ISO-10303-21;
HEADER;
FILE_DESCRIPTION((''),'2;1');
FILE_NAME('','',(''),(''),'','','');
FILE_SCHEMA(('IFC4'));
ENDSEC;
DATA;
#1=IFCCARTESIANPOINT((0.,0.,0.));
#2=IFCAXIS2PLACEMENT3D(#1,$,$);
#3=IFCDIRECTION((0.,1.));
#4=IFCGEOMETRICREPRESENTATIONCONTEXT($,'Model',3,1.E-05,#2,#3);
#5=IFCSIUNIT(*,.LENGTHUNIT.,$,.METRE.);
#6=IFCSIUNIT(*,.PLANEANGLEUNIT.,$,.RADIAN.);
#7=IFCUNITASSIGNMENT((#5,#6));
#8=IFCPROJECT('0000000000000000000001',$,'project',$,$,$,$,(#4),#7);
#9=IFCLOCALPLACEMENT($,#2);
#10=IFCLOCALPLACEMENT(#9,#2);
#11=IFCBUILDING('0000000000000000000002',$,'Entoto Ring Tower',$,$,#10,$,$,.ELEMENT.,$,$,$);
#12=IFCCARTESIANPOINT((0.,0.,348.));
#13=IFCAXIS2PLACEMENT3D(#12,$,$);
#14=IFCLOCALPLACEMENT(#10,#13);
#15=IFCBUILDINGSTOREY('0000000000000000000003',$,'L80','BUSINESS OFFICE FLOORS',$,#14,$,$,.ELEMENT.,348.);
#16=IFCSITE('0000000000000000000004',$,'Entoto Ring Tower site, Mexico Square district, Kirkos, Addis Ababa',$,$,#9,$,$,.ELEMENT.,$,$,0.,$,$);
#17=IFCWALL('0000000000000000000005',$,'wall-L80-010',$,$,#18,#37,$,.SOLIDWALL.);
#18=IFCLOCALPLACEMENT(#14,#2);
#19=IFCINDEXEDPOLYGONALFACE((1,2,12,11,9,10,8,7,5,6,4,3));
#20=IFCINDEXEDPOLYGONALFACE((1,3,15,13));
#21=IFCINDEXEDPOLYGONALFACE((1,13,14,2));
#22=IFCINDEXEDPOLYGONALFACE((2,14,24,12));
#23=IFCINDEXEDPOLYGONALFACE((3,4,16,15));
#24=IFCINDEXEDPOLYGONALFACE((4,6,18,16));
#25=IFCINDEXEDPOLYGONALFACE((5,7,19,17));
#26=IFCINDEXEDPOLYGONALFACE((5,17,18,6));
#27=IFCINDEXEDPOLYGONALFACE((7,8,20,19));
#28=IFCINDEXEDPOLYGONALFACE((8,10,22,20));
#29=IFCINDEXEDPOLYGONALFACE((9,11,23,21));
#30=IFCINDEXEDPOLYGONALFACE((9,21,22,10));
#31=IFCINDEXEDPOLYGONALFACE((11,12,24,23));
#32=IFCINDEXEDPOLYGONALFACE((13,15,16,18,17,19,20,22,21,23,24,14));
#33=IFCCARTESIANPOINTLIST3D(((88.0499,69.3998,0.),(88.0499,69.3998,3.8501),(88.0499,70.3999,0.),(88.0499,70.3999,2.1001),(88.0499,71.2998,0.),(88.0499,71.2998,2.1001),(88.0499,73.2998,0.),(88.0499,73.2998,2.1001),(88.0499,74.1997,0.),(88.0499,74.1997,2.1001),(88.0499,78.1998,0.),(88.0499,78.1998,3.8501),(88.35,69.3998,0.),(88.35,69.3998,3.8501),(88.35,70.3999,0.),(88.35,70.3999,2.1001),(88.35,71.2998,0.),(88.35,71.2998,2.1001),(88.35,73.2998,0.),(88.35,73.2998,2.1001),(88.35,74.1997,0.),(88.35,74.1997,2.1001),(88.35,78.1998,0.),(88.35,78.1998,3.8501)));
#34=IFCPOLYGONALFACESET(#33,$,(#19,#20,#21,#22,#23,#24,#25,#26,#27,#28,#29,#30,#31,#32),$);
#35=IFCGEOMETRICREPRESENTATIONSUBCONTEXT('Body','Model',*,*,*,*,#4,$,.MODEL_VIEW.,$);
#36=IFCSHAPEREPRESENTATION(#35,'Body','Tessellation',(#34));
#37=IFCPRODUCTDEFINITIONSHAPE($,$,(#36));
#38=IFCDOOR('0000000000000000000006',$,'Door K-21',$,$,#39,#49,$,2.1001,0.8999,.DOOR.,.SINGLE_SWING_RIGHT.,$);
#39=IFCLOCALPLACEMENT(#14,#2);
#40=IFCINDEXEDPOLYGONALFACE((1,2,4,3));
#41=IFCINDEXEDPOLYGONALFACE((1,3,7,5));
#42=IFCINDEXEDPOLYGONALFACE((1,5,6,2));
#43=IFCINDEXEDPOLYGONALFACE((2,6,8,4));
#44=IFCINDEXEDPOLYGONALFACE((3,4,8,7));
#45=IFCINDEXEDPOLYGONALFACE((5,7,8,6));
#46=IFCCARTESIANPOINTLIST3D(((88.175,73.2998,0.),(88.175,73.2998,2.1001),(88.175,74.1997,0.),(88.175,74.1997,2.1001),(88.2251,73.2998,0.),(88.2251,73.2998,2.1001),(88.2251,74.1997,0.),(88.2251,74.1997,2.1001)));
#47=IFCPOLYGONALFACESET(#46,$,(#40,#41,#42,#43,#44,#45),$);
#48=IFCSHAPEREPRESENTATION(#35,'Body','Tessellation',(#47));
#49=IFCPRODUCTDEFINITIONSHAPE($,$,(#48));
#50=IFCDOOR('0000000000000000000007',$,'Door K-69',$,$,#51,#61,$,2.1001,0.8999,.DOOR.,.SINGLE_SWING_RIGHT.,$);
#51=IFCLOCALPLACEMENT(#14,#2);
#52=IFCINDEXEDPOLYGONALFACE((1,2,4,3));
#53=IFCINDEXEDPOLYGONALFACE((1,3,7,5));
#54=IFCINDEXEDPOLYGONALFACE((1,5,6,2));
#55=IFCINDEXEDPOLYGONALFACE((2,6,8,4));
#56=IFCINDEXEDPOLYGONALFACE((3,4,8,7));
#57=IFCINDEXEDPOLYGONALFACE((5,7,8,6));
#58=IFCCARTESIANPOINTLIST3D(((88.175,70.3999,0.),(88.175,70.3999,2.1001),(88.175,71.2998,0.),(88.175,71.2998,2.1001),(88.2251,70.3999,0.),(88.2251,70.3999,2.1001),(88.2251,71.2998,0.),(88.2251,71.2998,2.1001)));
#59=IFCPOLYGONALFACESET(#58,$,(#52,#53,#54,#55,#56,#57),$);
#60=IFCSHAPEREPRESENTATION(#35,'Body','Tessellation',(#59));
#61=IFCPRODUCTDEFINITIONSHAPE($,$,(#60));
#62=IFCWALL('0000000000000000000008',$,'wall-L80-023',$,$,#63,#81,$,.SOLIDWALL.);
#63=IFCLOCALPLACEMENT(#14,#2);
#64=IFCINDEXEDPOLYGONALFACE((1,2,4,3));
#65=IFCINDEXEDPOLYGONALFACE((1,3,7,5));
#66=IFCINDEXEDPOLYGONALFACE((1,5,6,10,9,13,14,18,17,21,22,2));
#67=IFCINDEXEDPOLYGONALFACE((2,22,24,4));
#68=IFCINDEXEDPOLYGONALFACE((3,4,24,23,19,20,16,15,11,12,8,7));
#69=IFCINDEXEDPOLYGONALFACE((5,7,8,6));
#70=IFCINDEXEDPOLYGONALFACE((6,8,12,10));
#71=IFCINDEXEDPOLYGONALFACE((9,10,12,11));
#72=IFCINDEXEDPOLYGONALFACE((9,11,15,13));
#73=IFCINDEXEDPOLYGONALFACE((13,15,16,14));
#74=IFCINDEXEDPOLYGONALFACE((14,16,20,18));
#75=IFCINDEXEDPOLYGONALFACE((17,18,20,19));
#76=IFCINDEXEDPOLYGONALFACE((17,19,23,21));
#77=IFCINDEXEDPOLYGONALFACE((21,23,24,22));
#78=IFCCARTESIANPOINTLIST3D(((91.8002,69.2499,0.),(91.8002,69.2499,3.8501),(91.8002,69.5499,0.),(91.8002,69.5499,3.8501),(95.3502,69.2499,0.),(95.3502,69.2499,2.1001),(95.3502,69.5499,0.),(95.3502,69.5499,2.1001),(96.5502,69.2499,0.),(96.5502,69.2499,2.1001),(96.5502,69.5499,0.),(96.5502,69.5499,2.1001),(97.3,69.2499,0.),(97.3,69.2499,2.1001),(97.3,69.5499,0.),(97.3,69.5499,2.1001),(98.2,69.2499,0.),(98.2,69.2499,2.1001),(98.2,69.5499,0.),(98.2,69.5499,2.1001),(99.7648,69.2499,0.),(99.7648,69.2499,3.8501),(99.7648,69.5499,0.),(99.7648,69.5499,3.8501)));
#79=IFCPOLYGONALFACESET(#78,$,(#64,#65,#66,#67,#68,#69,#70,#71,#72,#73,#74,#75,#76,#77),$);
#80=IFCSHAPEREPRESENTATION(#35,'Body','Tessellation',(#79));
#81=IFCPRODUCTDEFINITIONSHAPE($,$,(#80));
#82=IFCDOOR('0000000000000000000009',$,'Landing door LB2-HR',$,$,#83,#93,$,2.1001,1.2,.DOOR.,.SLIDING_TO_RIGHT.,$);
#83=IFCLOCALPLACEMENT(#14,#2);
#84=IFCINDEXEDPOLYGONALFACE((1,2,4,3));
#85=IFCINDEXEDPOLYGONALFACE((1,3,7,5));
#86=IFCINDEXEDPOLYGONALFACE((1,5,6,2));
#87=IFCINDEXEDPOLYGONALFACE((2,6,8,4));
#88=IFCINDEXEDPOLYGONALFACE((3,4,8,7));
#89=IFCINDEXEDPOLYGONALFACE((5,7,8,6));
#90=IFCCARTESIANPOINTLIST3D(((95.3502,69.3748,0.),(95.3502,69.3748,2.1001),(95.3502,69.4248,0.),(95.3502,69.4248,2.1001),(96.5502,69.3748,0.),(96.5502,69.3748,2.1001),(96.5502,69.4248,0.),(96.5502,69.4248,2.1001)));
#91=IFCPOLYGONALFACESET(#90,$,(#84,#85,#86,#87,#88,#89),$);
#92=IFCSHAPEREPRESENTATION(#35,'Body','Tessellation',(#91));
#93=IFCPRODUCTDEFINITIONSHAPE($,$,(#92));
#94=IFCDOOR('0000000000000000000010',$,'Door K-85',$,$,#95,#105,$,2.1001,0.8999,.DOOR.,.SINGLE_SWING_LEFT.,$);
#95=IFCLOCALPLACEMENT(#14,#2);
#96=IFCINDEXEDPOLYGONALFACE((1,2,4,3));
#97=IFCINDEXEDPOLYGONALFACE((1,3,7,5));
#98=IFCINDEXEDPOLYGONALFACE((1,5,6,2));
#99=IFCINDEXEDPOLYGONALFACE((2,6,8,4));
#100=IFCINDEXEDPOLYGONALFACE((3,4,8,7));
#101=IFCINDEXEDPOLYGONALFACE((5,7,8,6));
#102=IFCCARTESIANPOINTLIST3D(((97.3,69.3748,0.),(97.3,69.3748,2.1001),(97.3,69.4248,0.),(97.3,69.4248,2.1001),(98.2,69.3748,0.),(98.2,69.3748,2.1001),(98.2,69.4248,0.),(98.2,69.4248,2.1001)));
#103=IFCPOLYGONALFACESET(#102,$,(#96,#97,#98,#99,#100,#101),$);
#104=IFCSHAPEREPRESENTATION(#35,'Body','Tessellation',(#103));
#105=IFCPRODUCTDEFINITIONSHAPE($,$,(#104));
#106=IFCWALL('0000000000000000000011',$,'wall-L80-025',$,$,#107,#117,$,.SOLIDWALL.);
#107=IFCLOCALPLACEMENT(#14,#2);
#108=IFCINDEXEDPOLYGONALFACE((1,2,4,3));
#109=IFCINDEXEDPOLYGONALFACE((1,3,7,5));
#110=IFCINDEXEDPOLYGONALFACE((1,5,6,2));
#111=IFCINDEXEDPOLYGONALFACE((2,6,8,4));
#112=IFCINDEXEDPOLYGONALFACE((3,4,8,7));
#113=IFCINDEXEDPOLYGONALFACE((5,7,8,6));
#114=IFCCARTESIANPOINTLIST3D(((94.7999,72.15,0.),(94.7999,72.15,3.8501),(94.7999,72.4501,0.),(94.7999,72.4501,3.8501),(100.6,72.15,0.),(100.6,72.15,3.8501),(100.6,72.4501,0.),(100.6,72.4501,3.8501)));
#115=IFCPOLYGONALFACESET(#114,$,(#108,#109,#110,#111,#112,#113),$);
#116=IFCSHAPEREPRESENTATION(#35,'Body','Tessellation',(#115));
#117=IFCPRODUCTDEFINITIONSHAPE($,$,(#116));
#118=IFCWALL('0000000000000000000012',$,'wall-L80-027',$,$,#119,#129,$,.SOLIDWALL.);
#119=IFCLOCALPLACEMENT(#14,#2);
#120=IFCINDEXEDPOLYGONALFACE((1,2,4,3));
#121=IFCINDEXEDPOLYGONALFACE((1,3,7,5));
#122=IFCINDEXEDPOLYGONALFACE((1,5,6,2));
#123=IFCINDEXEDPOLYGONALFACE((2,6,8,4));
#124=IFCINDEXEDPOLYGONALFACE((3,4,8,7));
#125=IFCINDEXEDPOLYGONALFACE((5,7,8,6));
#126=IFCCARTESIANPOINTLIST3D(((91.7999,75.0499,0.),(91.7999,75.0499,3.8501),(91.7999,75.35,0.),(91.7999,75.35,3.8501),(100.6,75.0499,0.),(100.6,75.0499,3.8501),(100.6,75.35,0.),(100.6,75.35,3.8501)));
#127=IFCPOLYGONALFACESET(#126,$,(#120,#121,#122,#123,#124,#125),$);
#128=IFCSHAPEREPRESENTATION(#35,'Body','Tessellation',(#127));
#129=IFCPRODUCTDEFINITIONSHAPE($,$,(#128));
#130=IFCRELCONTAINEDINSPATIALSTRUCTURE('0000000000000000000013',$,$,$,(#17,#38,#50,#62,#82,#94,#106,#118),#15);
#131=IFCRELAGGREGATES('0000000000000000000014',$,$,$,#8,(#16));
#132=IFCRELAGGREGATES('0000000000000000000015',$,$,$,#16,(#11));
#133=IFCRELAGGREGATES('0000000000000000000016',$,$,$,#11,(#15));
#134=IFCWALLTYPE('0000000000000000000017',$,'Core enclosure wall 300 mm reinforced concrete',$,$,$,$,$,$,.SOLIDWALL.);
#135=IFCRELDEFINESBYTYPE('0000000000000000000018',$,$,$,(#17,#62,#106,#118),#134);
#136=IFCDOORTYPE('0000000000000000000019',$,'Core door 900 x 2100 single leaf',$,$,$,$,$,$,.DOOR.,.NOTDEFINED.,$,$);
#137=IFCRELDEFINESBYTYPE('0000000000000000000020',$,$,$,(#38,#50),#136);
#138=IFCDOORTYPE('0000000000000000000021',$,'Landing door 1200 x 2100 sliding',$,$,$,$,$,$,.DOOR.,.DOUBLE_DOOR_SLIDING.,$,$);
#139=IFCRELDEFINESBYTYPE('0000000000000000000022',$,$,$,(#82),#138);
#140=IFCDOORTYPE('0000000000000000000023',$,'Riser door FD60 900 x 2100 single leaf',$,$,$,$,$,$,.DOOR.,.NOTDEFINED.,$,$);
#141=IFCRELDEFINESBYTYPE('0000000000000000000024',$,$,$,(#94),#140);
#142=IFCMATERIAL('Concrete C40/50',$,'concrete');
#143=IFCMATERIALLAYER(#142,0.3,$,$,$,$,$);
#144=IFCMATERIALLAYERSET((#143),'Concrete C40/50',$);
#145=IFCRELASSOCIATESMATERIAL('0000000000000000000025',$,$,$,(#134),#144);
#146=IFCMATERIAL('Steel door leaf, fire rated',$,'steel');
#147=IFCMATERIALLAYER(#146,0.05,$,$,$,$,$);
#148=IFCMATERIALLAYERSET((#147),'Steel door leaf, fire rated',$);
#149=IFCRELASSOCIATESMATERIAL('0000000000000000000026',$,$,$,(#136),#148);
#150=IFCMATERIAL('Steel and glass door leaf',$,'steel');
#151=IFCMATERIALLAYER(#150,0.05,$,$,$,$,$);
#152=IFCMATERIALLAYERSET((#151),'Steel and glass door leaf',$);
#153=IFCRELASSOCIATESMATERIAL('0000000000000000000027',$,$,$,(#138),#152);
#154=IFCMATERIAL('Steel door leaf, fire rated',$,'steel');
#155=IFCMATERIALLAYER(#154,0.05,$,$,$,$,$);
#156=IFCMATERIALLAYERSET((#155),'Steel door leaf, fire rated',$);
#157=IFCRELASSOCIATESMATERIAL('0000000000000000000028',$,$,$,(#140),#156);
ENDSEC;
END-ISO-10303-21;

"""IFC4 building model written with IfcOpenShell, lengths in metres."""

from ifc_helpers import new_model, si_unit, direction, frame, frame_2d, origin, place, context, subcontext, project, spatial, rectangle, extrude, material, layer, layer_set, type_object, element, fill, save


model = new_model("IFC4")

# Units and contexts
model_context = context("Model", 3, precision=1e-05, world=origin(), true_north=direction((0.0, 1.0)))
body_context = subcontext(model_context, "Body", "Model", "MODEL_VIEW")
ifc_project = project(units=[si_unit("LENGTHUNIT", "METRE"), si_unit("PLANEANGLEUNIT", "RADIAN")], contexts=[model_context])

# Site, building, storey
site_placement = place(None, origin())
site = spatial("IfcSite", under=ifc_project, at=site_placement, Name="Entoto Ring Tower site, Mexico Square district, Kirkos, Addis Ababa", CompositionType="ELEMENT", RefElevation=0.0)
building_placement = place(site_placement, origin())
building = spatial("IfcBuilding", under=site, at=building_placement, Name="Entoto Ring Tower", CompositionType="ELEMENT")
storey_placement = place(building_placement, frame((0.0, 0.0, 348.0)))
storey = spatial("IfcBuildingStorey", under=building, at=storey_placement, Name="L80", Description="BUSINESS OFFICE FLOORS", CompositionType="ELEMENT", Elevation=348.0)

# Shared definitions
ifc_material_1 = material(Name="Concrete C40/50", Category="concrete")
ifc_layer_1 = layer(ifc_material_1, 0.3)
ifc_layer_set_1 = layer_set([ifc_layer_1], Name="Concrete C40/50")
wall_type_1 = type_object("IfcWallType", Name="Core enclosure wall 300 mm reinforced concrete", PredefinedType="SOLIDWALL", material=ifc_layer_set_1)

# Walls, openings, doors
wall_1_placement = place(storey_placement, frame((88.2, 69.3999, 0.0), z_axis=(0.0, 0.0, 1.0), x_axis=(0.0, 1.0, 0.0)))
wall_1 = element("IfcWall", 1, at=wall_1_placement, inside=storey, type_object=wall_type_1, Name="wall-L80-010", PredefinedType="SOLIDWALL", context=body_context, shape_type="SweptSolid", body=[
    extrude(rectangle(XDim=8.8, YDim=0.3, at=frame_2d((4.3999, 0.0))), origin(), (0.0, 0.0, 1.0), 3.8501),
])
opening_1_placement = place(wall_1_placement, frame((3.8999, 0.0, 0.0)))
opening_1 = element("IfcOpeningElement", 2, at=opening_1_placement, cuts=wall_1, PredefinedType="OPENING", context=body_context, shape_type="SweptSolid", body=[
    extrude(rectangle(XDim=0.8999, YDim=2.1001, at=frame_2d((0.45, 1.05))), frame((0.0, 0.1602, 0.0), z_axis=(0.0, -1.0, 0.0), x_axis=(1.0, 0.0, 0.0)), (0.0, 0.0, 1.0), 0.3201),
])
opening_2_placement = place(wall_1_placement, frame((1.0, 0.0, 0.0)))
opening_2 = element("IfcOpeningElement", 3, at=opening_2_placement, cuts=wall_1, PredefinedType="OPENING", context=body_context, shape_type="SweptSolid", body=[
    extrude(rectangle(XDim=0.8999, YDim=2.1001, at=frame_2d((0.45, 1.05))), frame((0.0, 0.1602, 0.0), z_axis=(0.0, -1.0, 0.0), x_axis=(1.0, 0.0, 0.0)), (0.0, 0.0, 1.0), 0.3201),
])
ifc_material_2 = material(Name="Steel door leaf, fire rated", Category="steel")
ifc_layer_2 = layer(ifc_material_2, 0.05)
ifc_layer_set_2 = layer_set([ifc_layer_2], Name="Steel door leaf, fire rated")
door_type_1 = type_object("IfcDoorType", Name="Core door 900 x 2100 single leaf", OperationType="NOTDEFINED", PredefinedType="DOOR", material=ifc_layer_set_2)
door_1_placement = place(opening_1_placement, origin())
door_1 = element("IfcDoor", 4, at=door_1_placement, inside=storey, type_object=door_type_1, Name="Door K-21", OperationType="SINGLE_SWING_RIGHT", OverallHeight=2.1001, OverallWidth=0.8999, PredefinedType="DOOR", context=body_context, shape_type="SweptSolid", body=[
    extrude(rectangle(XDim=0.8999, YDim=2.1001, at=frame_2d((0.45, 1.05))), frame((0.0, 0.0249, 0.0), z_axis=(0.0, -1.0, 0.0), x_axis=(1.0, 0.0, 0.0)), (0.0, 0.0, 1.0), 0.05),
])
fill(opening_1, door_1)
door_2_placement = place(opening_2_placement, origin())
door_2 = element("IfcDoor", 5, at=door_2_placement, inside=storey, type_object=door_type_1, Name="Door K-69", OperationType="SINGLE_SWING_RIGHT", OverallHeight=2.1001, OverallWidth=0.8999, PredefinedType="DOOR", context=body_context, shape_type="SweptSolid", body=[
    extrude(rectangle(XDim=0.8999, YDim=2.1001, at=frame_2d((0.45, 1.05))), frame((0.0, 0.0249, 0.0), z_axis=(0.0, -1.0, 0.0), x_axis=(1.0, 0.0, 0.0)), (0.0, 0.0, 1.0), 0.05),
])
fill(opening_2, door_2)
wall_2_placement = place(storey_placement, frame((91.8, 69.3999, 0.0), z_axis=(0.0, 0.0, 1.0), x_axis=(1.0, 0.0, 0.0)))
wall_2 = element("IfcWall", 6, at=wall_2_placement, inside=storey, type_object=wall_type_1, Name="wall-L80-023", PredefinedType="SOLIDWALL", context=body_context, shape_type="SweptSolid", body=[
    extrude(rectangle(XDim=7.9646, YDim=0.3, at=frame_2d((3.9824, 0.0))), origin(), (0.0, 0.0, 1.0), 3.8501),
])
opening_3_placement = place(wall_2_placement, frame((3.55, 0.0, 0.0)))
opening_3 = element("IfcOpeningElement", 7, at=opening_3_placement, cuts=wall_2, PredefinedType="OPENING", context=body_context, shape_type="SweptSolid", body=[
    extrude(rectangle(XDim=1.2, YDim=2.1001, at=frame_2d((0.6001, 1.05))), frame((0.0, 0.1602, 0.0), z_axis=(0.0, -1.0, 0.0), x_axis=(1.0, 0.0, 0.0)), (0.0, 0.0, 1.0), 0.3201),
])
opening_4_placement = place(wall_2_placement, frame((5.5, 0.0, 0.0)))
opening_4 = element("IfcOpeningElement", 8, at=opening_4_placement, cuts=wall_2, PredefinedType="OPENING", context=body_context, shape_type="SweptSolid", body=[
    extrude(rectangle(XDim=0.8999, YDim=2.1001, at=frame_2d((0.45, 1.05))), frame((0.0, 0.1602, 0.0), z_axis=(0.0, -1.0, 0.0), x_axis=(1.0, 0.0, 0.0)), (0.0, 0.0, 1.0), 0.3201),
])
ifc_material_3 = material(Name="Steel and glass door leaf", Category="steel")
ifc_layer_3 = layer(ifc_material_3, 0.05)
ifc_layer_set_3 = layer_set([ifc_layer_3], Name="Steel and glass door leaf")
door_type_2 = type_object("IfcDoorType", Name="Landing door 1200 x 2100 sliding", OperationType="DOUBLE_DOOR_SLIDING", PredefinedType="DOOR", material=ifc_layer_set_3)
door_3_placement = place(opening_3_placement, origin())
door_3 = element("IfcDoor", 9, at=door_3_placement, inside=storey, type_object=door_type_2, Name="Landing door LB2-HR", OperationType="SLIDING_TO_RIGHT", OverallHeight=2.1001, OverallWidth=1.2, PredefinedType="DOOR", context=body_context, shape_type="SweptSolid", body=[
    extrude(rectangle(XDim=1.2, YDim=2.1001, at=frame_2d((0.6001, 1.05))), frame((0.0, 0.0249, 0.0), z_axis=(0.0, -1.0, 0.0), x_axis=(1.0, 0.0, 0.0)), (0.0, 0.0, 1.0), 0.05),
])
fill(opening_3, door_3)
ifc_material_4 = material(Name="Steel door leaf, fire rated", Category="steel")
ifc_layer_4 = layer(ifc_material_4, 0.05)
ifc_layer_set_4 = layer_set([ifc_layer_4], Name="Steel door leaf, fire rated")
door_type_3 = type_object("IfcDoorType", Name="Riser door FD60 900 x 2100 single leaf", OperationType="NOTDEFINED", PredefinedType="DOOR", material=ifc_layer_set_4)
door_4_placement = place(opening_4_placement, origin())
door_4 = element("IfcDoor", 10, at=door_4_placement, inside=storey, type_object=door_type_3, Name="Door K-85", OperationType="SINGLE_SWING_LEFT", OverallHeight=2.1001, OverallWidth=0.8999, PredefinedType="DOOR", context=body_context, shape_type="SweptSolid", body=[
    extrude(rectangle(XDim=0.8999, YDim=2.1001, at=frame_2d((0.45, 1.05))), frame((0.0, 0.0249, 0.0), z_axis=(0.0, -1.0, 0.0), x_axis=(1.0, 0.0, 0.0)), (0.0, 0.0, 1.0), 0.05),
])
fill(opening_4, door_4)

# Walls
wall_3_placement = place(storey_placement, frame((94.8, 72.3, 0.0), z_axis=(0.0, 0.0, 1.0), x_axis=(1.0, 0.0, 0.0)))
element("IfcWall", 11, at=wall_3_placement, inside=storey, type_object=wall_type_1, Name="wall-L80-025", PredefinedType="SOLIDWALL", context=body_context, shape_type="SweptSolid", body=[
    extrude(rectangle(XDim=5.8, YDim=0.3, at=frame_2d((2.8999, 0.0))), origin(), (0.0, 0.0, 1.0), 3.8501),
])
wall_4_placement = place(storey_placement, frame((91.8, 75.2, 0.0), z_axis=(0.0, 0.0, 1.0), x_axis=(1.0, 0.0, 0.0)))
element("IfcWall", 12, at=wall_4_placement, inside=storey, type_object=wall_type_1, Name="wall-L80-027", PredefinedType="SOLIDWALL", context=body_context, shape_type="SweptSolid", body=[
    extrude(rectangle(XDim=8.8, YDim=0.3, at=frame_2d((4.3999, 0.0))), origin(), (0.0, 0.0, 1.0), 3.8501),
])

save(model, "model.ifc")
